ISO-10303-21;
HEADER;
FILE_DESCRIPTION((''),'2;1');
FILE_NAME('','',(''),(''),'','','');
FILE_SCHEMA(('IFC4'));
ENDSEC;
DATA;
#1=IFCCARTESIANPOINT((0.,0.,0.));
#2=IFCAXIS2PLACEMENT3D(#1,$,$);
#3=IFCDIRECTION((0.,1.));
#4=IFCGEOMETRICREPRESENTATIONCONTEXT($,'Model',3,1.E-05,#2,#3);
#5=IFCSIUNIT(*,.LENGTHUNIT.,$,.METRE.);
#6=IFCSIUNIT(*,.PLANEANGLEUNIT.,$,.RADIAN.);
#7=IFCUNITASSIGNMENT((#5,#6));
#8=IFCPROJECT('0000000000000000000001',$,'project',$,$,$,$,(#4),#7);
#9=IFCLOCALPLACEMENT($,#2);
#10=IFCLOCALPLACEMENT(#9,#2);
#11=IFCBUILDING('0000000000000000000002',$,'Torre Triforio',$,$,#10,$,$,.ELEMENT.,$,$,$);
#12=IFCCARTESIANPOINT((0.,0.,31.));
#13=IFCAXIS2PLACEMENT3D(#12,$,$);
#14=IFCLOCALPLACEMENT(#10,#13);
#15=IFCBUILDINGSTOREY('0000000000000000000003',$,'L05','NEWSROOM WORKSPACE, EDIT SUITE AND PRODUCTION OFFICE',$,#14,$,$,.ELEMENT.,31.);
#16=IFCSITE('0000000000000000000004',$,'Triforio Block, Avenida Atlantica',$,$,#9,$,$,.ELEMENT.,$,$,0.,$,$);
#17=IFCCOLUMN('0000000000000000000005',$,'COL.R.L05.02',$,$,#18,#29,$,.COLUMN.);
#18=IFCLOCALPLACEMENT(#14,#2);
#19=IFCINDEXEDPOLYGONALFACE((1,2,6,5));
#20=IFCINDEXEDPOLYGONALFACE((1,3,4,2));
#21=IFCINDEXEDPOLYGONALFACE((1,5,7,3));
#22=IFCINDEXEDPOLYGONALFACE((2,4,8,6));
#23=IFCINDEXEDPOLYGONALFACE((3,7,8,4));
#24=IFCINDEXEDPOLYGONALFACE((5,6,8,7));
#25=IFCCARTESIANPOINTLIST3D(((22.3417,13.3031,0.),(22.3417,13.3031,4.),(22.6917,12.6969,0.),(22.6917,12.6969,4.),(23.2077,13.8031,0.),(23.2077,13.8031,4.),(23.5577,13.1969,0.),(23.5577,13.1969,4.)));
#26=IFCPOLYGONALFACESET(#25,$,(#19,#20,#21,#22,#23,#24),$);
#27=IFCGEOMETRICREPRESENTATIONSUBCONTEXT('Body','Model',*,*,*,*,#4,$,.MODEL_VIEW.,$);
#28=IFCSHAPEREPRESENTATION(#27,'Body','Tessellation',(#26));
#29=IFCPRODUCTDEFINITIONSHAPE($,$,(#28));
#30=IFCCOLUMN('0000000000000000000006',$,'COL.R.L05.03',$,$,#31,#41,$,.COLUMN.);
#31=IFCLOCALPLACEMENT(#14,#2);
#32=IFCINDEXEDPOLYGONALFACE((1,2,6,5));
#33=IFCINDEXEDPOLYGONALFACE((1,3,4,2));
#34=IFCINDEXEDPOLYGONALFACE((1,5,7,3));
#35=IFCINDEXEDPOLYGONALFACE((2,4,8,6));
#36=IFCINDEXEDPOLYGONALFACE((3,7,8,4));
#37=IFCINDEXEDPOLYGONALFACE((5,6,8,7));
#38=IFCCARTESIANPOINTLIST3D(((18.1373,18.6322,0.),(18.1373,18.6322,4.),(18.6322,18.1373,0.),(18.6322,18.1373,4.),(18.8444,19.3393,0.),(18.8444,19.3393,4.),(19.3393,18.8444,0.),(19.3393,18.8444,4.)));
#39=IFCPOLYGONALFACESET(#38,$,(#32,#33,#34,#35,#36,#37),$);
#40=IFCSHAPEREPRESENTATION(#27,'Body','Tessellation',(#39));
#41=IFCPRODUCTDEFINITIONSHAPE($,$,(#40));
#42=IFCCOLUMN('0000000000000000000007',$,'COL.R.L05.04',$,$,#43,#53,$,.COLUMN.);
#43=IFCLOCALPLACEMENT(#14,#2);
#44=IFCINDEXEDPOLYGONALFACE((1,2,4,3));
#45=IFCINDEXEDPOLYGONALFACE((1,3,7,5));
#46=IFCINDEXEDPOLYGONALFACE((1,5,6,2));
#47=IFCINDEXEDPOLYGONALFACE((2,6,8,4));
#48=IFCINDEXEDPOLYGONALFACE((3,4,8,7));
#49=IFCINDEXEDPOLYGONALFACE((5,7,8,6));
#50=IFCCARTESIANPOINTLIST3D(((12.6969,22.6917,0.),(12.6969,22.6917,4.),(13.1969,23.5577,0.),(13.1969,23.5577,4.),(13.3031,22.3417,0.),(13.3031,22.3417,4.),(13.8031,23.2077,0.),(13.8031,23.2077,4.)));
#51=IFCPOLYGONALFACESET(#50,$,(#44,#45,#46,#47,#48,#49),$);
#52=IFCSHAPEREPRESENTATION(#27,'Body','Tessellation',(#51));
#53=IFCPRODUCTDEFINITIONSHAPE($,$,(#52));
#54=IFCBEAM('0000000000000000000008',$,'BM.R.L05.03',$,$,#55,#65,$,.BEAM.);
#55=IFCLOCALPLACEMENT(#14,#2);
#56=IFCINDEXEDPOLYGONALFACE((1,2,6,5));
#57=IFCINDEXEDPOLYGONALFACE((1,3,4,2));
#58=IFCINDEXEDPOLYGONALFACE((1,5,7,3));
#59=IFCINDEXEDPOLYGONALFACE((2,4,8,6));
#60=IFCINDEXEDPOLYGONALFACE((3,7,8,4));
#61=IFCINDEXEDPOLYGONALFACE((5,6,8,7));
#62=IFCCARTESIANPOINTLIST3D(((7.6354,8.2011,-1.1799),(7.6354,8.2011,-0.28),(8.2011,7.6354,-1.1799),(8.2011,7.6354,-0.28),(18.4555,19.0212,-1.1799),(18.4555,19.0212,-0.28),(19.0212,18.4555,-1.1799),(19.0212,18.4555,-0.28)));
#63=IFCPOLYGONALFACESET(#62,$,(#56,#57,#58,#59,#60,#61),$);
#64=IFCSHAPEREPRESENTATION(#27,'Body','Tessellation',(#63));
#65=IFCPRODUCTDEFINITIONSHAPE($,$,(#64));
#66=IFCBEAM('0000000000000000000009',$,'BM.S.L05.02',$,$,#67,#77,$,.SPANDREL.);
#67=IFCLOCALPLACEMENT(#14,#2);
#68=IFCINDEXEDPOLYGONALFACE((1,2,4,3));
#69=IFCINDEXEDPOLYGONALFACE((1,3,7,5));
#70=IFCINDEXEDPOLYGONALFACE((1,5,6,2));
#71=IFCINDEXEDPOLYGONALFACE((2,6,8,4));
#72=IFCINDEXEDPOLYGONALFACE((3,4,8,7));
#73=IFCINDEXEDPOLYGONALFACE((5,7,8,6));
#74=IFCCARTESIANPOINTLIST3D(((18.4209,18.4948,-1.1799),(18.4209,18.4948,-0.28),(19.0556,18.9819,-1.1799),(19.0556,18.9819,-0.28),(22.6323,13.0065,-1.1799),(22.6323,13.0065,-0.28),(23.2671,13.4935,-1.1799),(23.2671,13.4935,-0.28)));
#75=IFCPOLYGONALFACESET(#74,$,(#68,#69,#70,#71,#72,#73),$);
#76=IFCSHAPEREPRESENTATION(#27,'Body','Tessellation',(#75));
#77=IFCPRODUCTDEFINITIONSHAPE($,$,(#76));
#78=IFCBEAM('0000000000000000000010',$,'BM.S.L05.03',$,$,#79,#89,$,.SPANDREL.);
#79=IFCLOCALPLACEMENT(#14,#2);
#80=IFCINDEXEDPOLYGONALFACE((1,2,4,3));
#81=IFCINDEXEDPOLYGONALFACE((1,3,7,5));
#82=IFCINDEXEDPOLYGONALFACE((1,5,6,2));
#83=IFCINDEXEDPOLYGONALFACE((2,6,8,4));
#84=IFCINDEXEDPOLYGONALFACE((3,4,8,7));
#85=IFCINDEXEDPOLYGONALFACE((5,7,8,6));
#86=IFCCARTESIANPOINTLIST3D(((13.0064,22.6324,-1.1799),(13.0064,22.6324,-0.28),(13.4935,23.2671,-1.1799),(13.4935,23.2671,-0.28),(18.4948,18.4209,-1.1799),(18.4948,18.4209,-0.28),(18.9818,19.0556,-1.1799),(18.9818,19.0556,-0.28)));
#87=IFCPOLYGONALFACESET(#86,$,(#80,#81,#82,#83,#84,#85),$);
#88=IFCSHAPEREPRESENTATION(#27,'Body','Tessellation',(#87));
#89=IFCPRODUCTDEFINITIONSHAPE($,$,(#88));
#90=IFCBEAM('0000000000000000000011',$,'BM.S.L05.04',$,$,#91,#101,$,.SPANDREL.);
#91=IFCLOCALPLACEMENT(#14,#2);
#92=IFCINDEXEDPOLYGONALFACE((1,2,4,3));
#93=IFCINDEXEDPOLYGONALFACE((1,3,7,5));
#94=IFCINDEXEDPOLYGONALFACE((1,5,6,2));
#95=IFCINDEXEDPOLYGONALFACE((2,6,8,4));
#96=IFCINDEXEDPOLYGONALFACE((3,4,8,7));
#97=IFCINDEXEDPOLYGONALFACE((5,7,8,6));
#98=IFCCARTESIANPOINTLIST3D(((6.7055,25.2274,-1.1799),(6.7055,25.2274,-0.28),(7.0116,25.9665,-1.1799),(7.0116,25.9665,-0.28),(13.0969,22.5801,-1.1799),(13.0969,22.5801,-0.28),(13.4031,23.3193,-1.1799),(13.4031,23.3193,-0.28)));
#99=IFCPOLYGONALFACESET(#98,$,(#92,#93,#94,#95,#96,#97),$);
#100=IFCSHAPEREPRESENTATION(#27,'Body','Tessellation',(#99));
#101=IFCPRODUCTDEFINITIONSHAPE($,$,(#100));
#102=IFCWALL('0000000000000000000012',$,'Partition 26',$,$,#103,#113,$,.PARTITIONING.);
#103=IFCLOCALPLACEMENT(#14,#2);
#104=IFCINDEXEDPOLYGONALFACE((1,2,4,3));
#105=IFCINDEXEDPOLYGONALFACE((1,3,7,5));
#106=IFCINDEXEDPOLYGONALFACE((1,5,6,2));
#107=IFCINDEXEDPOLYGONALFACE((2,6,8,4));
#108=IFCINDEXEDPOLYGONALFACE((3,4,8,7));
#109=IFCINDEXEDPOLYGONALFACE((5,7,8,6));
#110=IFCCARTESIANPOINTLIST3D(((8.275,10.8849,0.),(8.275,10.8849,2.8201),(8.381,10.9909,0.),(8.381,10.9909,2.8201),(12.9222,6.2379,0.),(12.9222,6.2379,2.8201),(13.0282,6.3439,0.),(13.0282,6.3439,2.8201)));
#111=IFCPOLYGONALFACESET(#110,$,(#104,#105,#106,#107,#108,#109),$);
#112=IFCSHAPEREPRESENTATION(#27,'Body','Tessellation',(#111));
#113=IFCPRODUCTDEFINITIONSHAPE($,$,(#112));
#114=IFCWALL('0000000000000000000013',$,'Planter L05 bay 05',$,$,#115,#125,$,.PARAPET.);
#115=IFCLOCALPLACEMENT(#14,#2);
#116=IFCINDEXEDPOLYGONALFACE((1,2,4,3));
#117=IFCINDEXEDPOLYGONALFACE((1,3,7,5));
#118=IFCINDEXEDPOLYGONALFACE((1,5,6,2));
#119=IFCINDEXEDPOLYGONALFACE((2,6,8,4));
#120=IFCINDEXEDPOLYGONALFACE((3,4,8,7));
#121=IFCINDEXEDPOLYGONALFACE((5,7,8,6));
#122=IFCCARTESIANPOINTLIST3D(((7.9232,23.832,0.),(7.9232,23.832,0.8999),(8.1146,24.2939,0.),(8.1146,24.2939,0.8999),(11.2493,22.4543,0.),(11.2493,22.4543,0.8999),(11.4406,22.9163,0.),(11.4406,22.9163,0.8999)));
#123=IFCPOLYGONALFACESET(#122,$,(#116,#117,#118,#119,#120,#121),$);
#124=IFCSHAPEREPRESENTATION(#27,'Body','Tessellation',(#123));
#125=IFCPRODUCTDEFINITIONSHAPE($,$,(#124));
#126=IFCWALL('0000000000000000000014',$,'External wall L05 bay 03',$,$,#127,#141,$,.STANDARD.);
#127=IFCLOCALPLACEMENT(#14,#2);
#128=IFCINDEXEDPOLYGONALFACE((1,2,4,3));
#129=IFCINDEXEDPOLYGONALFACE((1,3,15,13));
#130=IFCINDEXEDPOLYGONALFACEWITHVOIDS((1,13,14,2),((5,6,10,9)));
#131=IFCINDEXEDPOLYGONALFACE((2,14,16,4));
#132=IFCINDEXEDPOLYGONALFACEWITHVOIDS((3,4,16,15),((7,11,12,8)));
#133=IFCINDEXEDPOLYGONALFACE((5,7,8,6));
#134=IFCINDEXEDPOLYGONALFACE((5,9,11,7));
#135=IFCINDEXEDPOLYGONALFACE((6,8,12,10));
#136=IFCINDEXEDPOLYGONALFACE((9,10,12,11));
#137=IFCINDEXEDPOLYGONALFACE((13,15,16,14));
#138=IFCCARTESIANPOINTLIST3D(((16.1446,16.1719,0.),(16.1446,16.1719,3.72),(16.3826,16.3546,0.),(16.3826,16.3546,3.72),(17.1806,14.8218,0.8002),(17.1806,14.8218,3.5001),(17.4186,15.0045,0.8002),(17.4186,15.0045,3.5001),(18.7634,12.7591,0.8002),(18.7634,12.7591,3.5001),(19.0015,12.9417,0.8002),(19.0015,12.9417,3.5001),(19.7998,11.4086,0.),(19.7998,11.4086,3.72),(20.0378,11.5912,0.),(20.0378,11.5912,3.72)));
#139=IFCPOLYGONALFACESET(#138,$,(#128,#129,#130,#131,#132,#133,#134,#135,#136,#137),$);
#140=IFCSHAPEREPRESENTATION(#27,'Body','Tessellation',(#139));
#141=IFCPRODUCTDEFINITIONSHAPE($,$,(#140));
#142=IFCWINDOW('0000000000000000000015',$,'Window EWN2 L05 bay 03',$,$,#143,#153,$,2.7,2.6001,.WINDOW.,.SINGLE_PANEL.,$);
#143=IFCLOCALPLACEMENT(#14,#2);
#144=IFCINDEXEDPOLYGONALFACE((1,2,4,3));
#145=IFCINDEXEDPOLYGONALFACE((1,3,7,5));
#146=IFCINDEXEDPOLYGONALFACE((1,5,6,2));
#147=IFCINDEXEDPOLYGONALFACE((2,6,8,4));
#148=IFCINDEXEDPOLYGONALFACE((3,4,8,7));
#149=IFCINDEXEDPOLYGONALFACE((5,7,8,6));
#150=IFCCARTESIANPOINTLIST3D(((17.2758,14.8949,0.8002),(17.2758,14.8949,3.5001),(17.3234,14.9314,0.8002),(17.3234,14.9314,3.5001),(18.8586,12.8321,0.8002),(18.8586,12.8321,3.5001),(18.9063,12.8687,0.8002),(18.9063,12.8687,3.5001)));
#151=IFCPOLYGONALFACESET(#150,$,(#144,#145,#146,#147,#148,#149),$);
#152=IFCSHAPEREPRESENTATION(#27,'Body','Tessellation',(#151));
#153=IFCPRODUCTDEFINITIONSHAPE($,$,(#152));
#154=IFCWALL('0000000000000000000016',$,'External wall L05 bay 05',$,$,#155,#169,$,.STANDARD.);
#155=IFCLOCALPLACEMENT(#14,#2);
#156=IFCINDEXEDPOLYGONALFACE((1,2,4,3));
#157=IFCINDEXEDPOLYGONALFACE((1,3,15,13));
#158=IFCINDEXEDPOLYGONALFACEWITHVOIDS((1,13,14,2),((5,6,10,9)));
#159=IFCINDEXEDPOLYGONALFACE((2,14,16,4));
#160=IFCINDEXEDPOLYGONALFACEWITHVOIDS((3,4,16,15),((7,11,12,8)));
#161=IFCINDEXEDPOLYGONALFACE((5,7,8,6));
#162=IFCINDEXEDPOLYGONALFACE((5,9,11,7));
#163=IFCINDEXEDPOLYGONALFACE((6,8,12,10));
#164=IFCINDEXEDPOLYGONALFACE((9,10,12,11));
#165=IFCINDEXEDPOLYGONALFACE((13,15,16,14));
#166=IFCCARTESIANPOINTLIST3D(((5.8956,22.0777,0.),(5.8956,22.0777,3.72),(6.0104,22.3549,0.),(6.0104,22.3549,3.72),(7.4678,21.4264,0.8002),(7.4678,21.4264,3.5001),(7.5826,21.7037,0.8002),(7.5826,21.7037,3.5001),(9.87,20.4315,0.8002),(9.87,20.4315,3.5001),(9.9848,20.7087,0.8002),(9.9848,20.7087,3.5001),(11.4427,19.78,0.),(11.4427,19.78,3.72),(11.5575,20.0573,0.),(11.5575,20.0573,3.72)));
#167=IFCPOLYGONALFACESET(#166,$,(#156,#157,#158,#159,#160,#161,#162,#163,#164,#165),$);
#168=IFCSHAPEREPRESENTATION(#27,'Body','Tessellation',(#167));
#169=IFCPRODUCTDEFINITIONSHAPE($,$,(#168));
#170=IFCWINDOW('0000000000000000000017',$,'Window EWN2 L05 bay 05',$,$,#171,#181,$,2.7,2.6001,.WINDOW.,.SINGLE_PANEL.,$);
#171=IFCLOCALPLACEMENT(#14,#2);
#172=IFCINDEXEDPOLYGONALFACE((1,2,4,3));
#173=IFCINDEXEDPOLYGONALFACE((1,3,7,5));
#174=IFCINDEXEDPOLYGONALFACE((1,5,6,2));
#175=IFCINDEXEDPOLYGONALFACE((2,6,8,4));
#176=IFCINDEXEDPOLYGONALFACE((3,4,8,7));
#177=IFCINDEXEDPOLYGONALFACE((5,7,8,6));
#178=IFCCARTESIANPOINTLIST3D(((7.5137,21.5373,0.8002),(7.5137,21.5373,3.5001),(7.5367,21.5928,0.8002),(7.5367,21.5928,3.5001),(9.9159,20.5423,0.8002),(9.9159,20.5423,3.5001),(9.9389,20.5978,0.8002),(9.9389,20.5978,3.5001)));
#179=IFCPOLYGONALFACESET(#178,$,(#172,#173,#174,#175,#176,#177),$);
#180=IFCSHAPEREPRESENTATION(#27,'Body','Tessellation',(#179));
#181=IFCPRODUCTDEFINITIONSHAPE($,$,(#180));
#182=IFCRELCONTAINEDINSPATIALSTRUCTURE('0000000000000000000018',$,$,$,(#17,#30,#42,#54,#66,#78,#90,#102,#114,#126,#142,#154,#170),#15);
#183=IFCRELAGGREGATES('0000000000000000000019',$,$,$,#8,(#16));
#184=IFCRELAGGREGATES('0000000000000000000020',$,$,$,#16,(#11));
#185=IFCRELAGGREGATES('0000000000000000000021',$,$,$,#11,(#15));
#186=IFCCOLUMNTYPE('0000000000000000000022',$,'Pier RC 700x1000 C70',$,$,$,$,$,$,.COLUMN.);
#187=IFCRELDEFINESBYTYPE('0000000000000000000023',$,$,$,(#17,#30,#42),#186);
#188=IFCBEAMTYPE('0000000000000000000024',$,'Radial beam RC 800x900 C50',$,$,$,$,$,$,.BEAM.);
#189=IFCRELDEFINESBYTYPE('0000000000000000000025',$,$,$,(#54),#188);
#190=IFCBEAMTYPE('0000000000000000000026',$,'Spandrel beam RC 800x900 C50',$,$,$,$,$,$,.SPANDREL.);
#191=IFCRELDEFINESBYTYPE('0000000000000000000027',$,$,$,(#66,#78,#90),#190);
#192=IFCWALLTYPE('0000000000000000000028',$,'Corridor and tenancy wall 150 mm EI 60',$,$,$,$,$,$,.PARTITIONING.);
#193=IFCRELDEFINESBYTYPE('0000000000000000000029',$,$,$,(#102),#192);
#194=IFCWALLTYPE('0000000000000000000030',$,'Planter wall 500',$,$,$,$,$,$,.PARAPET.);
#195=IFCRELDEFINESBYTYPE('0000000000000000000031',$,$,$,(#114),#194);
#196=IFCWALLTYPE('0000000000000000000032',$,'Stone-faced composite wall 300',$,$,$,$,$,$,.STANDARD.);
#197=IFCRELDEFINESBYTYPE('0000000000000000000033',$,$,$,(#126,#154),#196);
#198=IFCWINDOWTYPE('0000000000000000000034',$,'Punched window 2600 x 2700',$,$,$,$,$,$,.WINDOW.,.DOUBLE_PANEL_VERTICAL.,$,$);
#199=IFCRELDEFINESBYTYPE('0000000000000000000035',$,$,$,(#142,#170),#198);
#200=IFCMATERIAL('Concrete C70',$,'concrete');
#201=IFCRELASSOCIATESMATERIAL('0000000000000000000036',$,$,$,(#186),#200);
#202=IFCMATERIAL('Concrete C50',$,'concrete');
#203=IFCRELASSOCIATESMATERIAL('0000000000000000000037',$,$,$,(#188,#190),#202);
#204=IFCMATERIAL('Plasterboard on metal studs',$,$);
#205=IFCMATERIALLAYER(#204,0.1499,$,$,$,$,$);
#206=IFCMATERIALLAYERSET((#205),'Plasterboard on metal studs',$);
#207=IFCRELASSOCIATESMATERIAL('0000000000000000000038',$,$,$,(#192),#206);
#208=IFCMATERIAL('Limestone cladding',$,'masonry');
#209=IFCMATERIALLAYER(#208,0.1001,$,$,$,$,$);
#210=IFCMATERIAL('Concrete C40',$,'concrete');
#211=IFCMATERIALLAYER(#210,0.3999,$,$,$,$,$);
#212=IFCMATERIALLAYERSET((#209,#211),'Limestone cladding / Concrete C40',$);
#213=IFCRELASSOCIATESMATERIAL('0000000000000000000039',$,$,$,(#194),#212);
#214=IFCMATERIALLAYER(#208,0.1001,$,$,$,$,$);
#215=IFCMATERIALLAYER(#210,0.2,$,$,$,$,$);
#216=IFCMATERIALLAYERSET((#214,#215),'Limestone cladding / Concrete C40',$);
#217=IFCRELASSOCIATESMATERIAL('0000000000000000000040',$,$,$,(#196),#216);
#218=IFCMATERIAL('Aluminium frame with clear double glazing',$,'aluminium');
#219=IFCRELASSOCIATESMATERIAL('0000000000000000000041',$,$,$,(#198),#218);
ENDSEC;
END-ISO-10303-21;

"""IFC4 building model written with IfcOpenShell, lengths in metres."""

from ifc_helpers import new_model, si_unit, direction, frame, frame_2d, origin, origin_2d, place, context, subcontext, project, spatial, rectangle, extrude, material, layer, layer_set, material_profile, profile_set, type_object, element, fill, save


model = new_model("IFC4")

# Units and contexts
model_context = context("Model", 3, precision=1e-05, world=origin(), true_north=direction((0.0, 1.0)))
body_context = subcontext(model_context, "Body", "Model", "MODEL_VIEW")
ifc_project = project(units=[si_unit("LENGTHUNIT", "METRE"), si_unit("PLANEANGLEUNIT", "RADIAN")], contexts=[model_context])

# Site, building, storey
site_placement = place(None, origin())
site = spatial("IfcSite", under=ifc_project, at=site_placement, Name="Triforio Block, Avenida Atlantica", CompositionType="ELEMENT", RefElevation=0.0)
building_placement = place(site_placement, origin())
building = spatial("IfcBuilding", under=site, at=building_placement, Name="Torre Triforio", CompositionType="ELEMENT")
storey_placement = place(building_placement, frame((0.0, 0.0, 31.0)))
storey = spatial("IfcBuildingStorey", under=building, at=storey_placement, Name="L05", Description="NEWSROOM WORKSPACE, EDIT SUITE AND PRODUCTION OFFICE", CompositionType="ELEMENT", Elevation=31.0)

# Columns
ifc_material_1 = material(Name="Concrete C70", Category="concrete")
ifc_material_profile_1 = material_profile(ifc_material_1, rectangle(XDim=0.7, YDim=1.0, at=origin_2d()), Name="RC 700x1000")
ifc_profile_set_1 = profile_set([ifc_material_profile_1], Name="Concrete C70")
column_type = type_object("IfcColumnType", Name="Pier RC 700x1000 C70", PredefinedType="COLUMN", material=ifc_profile_set_1)
for number, where, z_axis, x_axis, name in (
    (1, (22.9497, 13.25, 0.0), (0.0, 0.0, 1.0), (-0.5, 0.866025, 0.0), "COL.R.L05.02"),
    (2, (18.7383, 18.7383, 0.0), (0.0, 0.0, 1.0), (-0.707107, 0.707107, 0.0), "COL.R.L05.03"),
    (3, (13.25, 22.9497, 0.0), (0.0, 0.0, 1.0), (-0.866025, 0.5, 0.0), "COL.R.L05.04"),
):
    element("IfcColumn", number, at=place(storey_placement, frame(where, z_axis=z_axis, x_axis=x_axis)), inside=storey, type_object=column_type, Name=name, PredefinedType="COLUMN", context=body_context, shape_type="SweptSolid", body=[
        extrude(rectangle(XDim=0.7, YDim=1.0, at=origin_2d()), origin(), (0.0, 0.0, 1.0), 4.0),
    ])

# Beams
ifc_material_2 = material(Name="Concrete C50", Category="concrete")
ifc_material_profile_2 = material_profile(ifc_material_2, rectangle(XDim=0.8, YDim=0.8999, at=origin_2d()), Name="RC 800x900")
ifc_profile_set_2 = profile_set([ifc_material_profile_2], Name="Concrete C50")
beam_type_1 = type_object("IfcBeamType", Name="Radial beam RC 800x900 C50", PredefinedType="BEAM", material=ifc_profile_set_2)
beam_placement = place(storey_placement, frame((7.9182, 7.9182, -0.73), z_axis=(0.707107, 0.707107, 0.0), x_axis=(-0.707107, 0.707107, 0.0)))
element("IfcBeam", 4, at=beam_placement, inside=storey, type_object=beam_type_1, Name="BM.R.L05.03", PredefinedType="BEAM", context=body_context, shape_type="SweptSolid", body=[
    extrude(rectangle(XDim=0.8, YDim=0.8999, at=origin_2d()), origin(), (0.0, 0.0, 1.0), 15.302),
])
ifc_material_profile_3 = material_profile(ifc_material_2, rectangle(XDim=0.8, YDim=0.8999, at=origin_2d()), Name="RC 800x900")
ifc_profile_set_3 = profile_set([ifc_material_profile_3], Name="Concrete C50")
beam_type_2 = type_object("IfcBeamType", Name="Spandrel beam RC 800x900 C50", PredefinedType="SPANDREL", material=ifc_profile_set_3)
for number, where, z_axis, x_axis, name in (
    (5, (22.9497, 13.25, -0.73), (-0.608772, 0.793345, 0.0), (-0.793345, -0.608772, 0.0), "BM.S.L05.02"),
    (6, (18.7383, 18.7383, -0.73), (-0.793345, 0.608772, 0.0), (-0.608772, -0.793345, 0.0), "BM.S.L05.03"),
    (7, (13.25, 22.9497, -0.73), (-0.923888, 0.382662, 0.0), (-0.382662, -0.923888, 0.0), "BM.S.L05.04"),
):
    element("IfcBeam", number, at=place(storey_placement, frame(where, z_axis=z_axis, x_axis=x_axis)), inside=storey, type_object=beam_type_2, Name=name, PredefinedType="SPANDREL", context=body_context, shape_type="SweptSolid", body=[
        extrude(rectangle(XDim=0.8, YDim=0.8999, at=origin_2d()), origin(), (0.0, 0.0, 1.0), 6.918),
    ])

# Walls
ifc_material_3 = material(Name="Plasterboard on metal studs")
ifc_layer_1 = layer(ifc_material_3, 0.1499)
ifc_layer_set_1 = layer_set([ifc_layer_1], Name="Plasterboard on metal studs")
wall_type_1 = type_object("IfcWallType", Name="Corridor and tenancy wall 150 mm EI 60", PredefinedType="PARTITIONING", material=ifc_layer_set_1)
wall_1_placement = place(storey_placement, frame((8.3279, 10.938, 0.0), z_axis=(0.0, 0.0, 1.0), x_axis=(0.707125, -0.707088, 0.0)))
element("IfcWall", 8, at=wall_1_placement, inside=storey, type_object=wall_type_1, Name="Partition 26", PredefinedType="PARTITIONING", context=body_context, shape_type="SweptSolid", body=[
    extrude(rectangle(XDim=6.572, YDim=0.1499, at=frame_2d((3.2861, 0.0))), origin(), (0.0, 0.0, 1.0), 2.8201),
])
ifc_material_4 = material(Name="Limestone cladding", Category="masonry")
ifc_layer_2 = layer(ifc_material_4, 0.1001)
ifc_material_5 = material(Name="Concrete C40", Category="concrete")
ifc_layer_3 = layer(ifc_material_5, 0.3999)
ifc_layer_set_2 = layer_set([ifc_layer_2, ifc_layer_3], Name="Limestone cladding / Concrete C40")
wall_type_2 = type_object("IfcWallType", Name="Planter wall 500", PredefinedType="PARAPET", material=ifc_layer_set_2)
wall_2_placement = place(storey_placement, frame((11.345, 22.6853, 0.0), z_axis=(0.0, 0.0, 1.0), x_axis=(-0.923885, 0.382669, 0.0)))
element("IfcWall", 9, at=wall_2_placement, inside=storey, type_object=wall_type_2, Name="Planter L05 bay 05", PredefinedType="PARAPET", context=body_context, shape_type="SweptSolid", body=[
    extrude(rectangle(XDim=3.6001, YDim=0.5, at=frame_2d((1.8, 0.0))), origin(), (0.0, 0.0, 1.0), 0.8999),
])

# Wall, opening, window
ifc_layer_4 = layer(ifc_material_4, 0.1001)
ifc_layer_5 = layer(ifc_material_5, 0.2)
ifc_layer_set_3 = layer_set([ifc_layer_4, ifc_layer_5], Name="Limestone cladding / Concrete C40")
wall_type_3 = type_object("IfcWallType", Name="Stone-faced composite wall 300", PredefinedType="STANDARD", material=ifc_layer_set_3)
wall_3_placement = place(storey_placement, frame((19.9187, 11.5, 0.0), z_axis=(0.0, 0.0, 1.0), x_axis=(-0.608779, 0.79334, 0.0)))
wall_3 = element("IfcWall", 10, at=wall_3_placement, inside=storey, type_object=wall_type_3, Name="External wall L05 bay 03", PredefinedType="STANDARD", context=body_context, shape_type="SweptSolid", body=[
    extrude(rectangle(XDim=6.0042, YDim=0.3, at=frame_2d((3.002, 0.0))), origin(), (0.0, 0.0, 1.0), 3.72),
])
opening_1_placement = place(wall_3_placement, frame((1.7021, 0.0, 0.8)))
opening_1 = element("IfcOpeningElement", 11, at=opening_1_placement, cuts=wall_3, PredefinedType="OPENING", context=body_context, shape_type="SweptSolid", body=[
    extrude(rectangle(XDim=2.6001, YDim=2.7, at=frame_2d((1.3, 1.3501))), frame((0.0, 0.1599, 0.0), z_axis=(0.0, -1.0, 0.0), x_axis=(1.0, 0.0, 0.0)), (0.0, 0.0, 1.0), 0.3201),
])
ifc_material_6 = material(Name="Aluminium frame with clear double glazing", Category="aluminium")
window_type_1 = type_object("IfcWindowType", Name="Punched window 2600 x 2700", PartitioningType="DOUBLE_PANEL_VERTICAL", PredefinedType="WINDOW", material=ifc_material_6)
window_1_placement = place(opening_1_placement, origin())
window_1 = element("IfcWindow", 12, at=window_1_placement, inside=storey, type_object=window_type_1, Name="Window EWN2 L05 bay 03", OverallHeight=2.7, OverallWidth=2.6001, PartitioningType="SINGLE_PANEL", PredefinedType="WINDOW", context=body_context, shape_type="SweptSolid", body=[
    extrude(rectangle(XDim=2.6001, YDim=2.7, at=frame_2d((1.3, 1.3501))), frame((0.0, 0.03, 0.0), z_axis=(0.0, -1.0, 0.0), x_axis=(1.0, 0.0, 0.0)), (0.0, 0.0, 1.0), 0.0601),
])
fill(opening_1, window_1)

# Wall, opening, window
wall_4_placement = place(storey_placement, frame((11.5, 19.9187, 0.0), z_axis=(0.0, 0.0, 1.0), x_axis=(-0.923885, 0.382671, 0.0)))
wall_4 = element("IfcWall", 13, at=wall_4_placement, inside=storey, type_object=wall_type_3, Name="External wall L05 bay 05", PredefinedType="STANDARD", context=body_context, shape_type="SweptSolid", body=[
    extrude(rectangle(XDim=6.0042, YDim=0.3, at=frame_2d((3.002, 0.0))), origin(), (0.0, 0.0, 1.0), 3.72),
])
opening_2_placement = place(wall_4_placement, frame((1.7021, 0.0, 0.8)))
opening_2 = element("IfcOpeningElement", 14, at=opening_2_placement, cuts=wall_4, PredefinedType="OPENING", context=body_context, shape_type="SweptSolid", body=[
    extrude(rectangle(XDim=2.6001, YDim=2.7, at=frame_2d((1.3, 1.3501))), frame((0.0, 0.1599, 0.0), z_axis=(0.0, -1.0, 0.0), x_axis=(1.0, 0.0, 0.0)), (0.0, 0.0, 1.0), 0.3201),
])
window_2_placement = place(opening_2_placement, origin())
window_2 = element("IfcWindow", 15, at=window_2_placement, inside=storey, type_object=window_type_1, Name="Window EWN2 L05 bay 05", OverallHeight=2.7, OverallWidth=2.6001, PartitioningType="SINGLE_PANEL", PredefinedType="WINDOW", context=body_context, shape_type="SweptSolid", body=[
    extrude(rectangle(XDim=2.6001, YDim=2.7, at=frame_2d((1.3, 1.3501))), frame((0.0, 0.03, 0.0), z_axis=(0.0, -1.0, 0.0), x_axis=(1.0, 0.0, 0.0)), (0.0, 0.0, 1.0), 0.0601),
])
fill(opening_2, window_2)

save(model, "model.ifc")
